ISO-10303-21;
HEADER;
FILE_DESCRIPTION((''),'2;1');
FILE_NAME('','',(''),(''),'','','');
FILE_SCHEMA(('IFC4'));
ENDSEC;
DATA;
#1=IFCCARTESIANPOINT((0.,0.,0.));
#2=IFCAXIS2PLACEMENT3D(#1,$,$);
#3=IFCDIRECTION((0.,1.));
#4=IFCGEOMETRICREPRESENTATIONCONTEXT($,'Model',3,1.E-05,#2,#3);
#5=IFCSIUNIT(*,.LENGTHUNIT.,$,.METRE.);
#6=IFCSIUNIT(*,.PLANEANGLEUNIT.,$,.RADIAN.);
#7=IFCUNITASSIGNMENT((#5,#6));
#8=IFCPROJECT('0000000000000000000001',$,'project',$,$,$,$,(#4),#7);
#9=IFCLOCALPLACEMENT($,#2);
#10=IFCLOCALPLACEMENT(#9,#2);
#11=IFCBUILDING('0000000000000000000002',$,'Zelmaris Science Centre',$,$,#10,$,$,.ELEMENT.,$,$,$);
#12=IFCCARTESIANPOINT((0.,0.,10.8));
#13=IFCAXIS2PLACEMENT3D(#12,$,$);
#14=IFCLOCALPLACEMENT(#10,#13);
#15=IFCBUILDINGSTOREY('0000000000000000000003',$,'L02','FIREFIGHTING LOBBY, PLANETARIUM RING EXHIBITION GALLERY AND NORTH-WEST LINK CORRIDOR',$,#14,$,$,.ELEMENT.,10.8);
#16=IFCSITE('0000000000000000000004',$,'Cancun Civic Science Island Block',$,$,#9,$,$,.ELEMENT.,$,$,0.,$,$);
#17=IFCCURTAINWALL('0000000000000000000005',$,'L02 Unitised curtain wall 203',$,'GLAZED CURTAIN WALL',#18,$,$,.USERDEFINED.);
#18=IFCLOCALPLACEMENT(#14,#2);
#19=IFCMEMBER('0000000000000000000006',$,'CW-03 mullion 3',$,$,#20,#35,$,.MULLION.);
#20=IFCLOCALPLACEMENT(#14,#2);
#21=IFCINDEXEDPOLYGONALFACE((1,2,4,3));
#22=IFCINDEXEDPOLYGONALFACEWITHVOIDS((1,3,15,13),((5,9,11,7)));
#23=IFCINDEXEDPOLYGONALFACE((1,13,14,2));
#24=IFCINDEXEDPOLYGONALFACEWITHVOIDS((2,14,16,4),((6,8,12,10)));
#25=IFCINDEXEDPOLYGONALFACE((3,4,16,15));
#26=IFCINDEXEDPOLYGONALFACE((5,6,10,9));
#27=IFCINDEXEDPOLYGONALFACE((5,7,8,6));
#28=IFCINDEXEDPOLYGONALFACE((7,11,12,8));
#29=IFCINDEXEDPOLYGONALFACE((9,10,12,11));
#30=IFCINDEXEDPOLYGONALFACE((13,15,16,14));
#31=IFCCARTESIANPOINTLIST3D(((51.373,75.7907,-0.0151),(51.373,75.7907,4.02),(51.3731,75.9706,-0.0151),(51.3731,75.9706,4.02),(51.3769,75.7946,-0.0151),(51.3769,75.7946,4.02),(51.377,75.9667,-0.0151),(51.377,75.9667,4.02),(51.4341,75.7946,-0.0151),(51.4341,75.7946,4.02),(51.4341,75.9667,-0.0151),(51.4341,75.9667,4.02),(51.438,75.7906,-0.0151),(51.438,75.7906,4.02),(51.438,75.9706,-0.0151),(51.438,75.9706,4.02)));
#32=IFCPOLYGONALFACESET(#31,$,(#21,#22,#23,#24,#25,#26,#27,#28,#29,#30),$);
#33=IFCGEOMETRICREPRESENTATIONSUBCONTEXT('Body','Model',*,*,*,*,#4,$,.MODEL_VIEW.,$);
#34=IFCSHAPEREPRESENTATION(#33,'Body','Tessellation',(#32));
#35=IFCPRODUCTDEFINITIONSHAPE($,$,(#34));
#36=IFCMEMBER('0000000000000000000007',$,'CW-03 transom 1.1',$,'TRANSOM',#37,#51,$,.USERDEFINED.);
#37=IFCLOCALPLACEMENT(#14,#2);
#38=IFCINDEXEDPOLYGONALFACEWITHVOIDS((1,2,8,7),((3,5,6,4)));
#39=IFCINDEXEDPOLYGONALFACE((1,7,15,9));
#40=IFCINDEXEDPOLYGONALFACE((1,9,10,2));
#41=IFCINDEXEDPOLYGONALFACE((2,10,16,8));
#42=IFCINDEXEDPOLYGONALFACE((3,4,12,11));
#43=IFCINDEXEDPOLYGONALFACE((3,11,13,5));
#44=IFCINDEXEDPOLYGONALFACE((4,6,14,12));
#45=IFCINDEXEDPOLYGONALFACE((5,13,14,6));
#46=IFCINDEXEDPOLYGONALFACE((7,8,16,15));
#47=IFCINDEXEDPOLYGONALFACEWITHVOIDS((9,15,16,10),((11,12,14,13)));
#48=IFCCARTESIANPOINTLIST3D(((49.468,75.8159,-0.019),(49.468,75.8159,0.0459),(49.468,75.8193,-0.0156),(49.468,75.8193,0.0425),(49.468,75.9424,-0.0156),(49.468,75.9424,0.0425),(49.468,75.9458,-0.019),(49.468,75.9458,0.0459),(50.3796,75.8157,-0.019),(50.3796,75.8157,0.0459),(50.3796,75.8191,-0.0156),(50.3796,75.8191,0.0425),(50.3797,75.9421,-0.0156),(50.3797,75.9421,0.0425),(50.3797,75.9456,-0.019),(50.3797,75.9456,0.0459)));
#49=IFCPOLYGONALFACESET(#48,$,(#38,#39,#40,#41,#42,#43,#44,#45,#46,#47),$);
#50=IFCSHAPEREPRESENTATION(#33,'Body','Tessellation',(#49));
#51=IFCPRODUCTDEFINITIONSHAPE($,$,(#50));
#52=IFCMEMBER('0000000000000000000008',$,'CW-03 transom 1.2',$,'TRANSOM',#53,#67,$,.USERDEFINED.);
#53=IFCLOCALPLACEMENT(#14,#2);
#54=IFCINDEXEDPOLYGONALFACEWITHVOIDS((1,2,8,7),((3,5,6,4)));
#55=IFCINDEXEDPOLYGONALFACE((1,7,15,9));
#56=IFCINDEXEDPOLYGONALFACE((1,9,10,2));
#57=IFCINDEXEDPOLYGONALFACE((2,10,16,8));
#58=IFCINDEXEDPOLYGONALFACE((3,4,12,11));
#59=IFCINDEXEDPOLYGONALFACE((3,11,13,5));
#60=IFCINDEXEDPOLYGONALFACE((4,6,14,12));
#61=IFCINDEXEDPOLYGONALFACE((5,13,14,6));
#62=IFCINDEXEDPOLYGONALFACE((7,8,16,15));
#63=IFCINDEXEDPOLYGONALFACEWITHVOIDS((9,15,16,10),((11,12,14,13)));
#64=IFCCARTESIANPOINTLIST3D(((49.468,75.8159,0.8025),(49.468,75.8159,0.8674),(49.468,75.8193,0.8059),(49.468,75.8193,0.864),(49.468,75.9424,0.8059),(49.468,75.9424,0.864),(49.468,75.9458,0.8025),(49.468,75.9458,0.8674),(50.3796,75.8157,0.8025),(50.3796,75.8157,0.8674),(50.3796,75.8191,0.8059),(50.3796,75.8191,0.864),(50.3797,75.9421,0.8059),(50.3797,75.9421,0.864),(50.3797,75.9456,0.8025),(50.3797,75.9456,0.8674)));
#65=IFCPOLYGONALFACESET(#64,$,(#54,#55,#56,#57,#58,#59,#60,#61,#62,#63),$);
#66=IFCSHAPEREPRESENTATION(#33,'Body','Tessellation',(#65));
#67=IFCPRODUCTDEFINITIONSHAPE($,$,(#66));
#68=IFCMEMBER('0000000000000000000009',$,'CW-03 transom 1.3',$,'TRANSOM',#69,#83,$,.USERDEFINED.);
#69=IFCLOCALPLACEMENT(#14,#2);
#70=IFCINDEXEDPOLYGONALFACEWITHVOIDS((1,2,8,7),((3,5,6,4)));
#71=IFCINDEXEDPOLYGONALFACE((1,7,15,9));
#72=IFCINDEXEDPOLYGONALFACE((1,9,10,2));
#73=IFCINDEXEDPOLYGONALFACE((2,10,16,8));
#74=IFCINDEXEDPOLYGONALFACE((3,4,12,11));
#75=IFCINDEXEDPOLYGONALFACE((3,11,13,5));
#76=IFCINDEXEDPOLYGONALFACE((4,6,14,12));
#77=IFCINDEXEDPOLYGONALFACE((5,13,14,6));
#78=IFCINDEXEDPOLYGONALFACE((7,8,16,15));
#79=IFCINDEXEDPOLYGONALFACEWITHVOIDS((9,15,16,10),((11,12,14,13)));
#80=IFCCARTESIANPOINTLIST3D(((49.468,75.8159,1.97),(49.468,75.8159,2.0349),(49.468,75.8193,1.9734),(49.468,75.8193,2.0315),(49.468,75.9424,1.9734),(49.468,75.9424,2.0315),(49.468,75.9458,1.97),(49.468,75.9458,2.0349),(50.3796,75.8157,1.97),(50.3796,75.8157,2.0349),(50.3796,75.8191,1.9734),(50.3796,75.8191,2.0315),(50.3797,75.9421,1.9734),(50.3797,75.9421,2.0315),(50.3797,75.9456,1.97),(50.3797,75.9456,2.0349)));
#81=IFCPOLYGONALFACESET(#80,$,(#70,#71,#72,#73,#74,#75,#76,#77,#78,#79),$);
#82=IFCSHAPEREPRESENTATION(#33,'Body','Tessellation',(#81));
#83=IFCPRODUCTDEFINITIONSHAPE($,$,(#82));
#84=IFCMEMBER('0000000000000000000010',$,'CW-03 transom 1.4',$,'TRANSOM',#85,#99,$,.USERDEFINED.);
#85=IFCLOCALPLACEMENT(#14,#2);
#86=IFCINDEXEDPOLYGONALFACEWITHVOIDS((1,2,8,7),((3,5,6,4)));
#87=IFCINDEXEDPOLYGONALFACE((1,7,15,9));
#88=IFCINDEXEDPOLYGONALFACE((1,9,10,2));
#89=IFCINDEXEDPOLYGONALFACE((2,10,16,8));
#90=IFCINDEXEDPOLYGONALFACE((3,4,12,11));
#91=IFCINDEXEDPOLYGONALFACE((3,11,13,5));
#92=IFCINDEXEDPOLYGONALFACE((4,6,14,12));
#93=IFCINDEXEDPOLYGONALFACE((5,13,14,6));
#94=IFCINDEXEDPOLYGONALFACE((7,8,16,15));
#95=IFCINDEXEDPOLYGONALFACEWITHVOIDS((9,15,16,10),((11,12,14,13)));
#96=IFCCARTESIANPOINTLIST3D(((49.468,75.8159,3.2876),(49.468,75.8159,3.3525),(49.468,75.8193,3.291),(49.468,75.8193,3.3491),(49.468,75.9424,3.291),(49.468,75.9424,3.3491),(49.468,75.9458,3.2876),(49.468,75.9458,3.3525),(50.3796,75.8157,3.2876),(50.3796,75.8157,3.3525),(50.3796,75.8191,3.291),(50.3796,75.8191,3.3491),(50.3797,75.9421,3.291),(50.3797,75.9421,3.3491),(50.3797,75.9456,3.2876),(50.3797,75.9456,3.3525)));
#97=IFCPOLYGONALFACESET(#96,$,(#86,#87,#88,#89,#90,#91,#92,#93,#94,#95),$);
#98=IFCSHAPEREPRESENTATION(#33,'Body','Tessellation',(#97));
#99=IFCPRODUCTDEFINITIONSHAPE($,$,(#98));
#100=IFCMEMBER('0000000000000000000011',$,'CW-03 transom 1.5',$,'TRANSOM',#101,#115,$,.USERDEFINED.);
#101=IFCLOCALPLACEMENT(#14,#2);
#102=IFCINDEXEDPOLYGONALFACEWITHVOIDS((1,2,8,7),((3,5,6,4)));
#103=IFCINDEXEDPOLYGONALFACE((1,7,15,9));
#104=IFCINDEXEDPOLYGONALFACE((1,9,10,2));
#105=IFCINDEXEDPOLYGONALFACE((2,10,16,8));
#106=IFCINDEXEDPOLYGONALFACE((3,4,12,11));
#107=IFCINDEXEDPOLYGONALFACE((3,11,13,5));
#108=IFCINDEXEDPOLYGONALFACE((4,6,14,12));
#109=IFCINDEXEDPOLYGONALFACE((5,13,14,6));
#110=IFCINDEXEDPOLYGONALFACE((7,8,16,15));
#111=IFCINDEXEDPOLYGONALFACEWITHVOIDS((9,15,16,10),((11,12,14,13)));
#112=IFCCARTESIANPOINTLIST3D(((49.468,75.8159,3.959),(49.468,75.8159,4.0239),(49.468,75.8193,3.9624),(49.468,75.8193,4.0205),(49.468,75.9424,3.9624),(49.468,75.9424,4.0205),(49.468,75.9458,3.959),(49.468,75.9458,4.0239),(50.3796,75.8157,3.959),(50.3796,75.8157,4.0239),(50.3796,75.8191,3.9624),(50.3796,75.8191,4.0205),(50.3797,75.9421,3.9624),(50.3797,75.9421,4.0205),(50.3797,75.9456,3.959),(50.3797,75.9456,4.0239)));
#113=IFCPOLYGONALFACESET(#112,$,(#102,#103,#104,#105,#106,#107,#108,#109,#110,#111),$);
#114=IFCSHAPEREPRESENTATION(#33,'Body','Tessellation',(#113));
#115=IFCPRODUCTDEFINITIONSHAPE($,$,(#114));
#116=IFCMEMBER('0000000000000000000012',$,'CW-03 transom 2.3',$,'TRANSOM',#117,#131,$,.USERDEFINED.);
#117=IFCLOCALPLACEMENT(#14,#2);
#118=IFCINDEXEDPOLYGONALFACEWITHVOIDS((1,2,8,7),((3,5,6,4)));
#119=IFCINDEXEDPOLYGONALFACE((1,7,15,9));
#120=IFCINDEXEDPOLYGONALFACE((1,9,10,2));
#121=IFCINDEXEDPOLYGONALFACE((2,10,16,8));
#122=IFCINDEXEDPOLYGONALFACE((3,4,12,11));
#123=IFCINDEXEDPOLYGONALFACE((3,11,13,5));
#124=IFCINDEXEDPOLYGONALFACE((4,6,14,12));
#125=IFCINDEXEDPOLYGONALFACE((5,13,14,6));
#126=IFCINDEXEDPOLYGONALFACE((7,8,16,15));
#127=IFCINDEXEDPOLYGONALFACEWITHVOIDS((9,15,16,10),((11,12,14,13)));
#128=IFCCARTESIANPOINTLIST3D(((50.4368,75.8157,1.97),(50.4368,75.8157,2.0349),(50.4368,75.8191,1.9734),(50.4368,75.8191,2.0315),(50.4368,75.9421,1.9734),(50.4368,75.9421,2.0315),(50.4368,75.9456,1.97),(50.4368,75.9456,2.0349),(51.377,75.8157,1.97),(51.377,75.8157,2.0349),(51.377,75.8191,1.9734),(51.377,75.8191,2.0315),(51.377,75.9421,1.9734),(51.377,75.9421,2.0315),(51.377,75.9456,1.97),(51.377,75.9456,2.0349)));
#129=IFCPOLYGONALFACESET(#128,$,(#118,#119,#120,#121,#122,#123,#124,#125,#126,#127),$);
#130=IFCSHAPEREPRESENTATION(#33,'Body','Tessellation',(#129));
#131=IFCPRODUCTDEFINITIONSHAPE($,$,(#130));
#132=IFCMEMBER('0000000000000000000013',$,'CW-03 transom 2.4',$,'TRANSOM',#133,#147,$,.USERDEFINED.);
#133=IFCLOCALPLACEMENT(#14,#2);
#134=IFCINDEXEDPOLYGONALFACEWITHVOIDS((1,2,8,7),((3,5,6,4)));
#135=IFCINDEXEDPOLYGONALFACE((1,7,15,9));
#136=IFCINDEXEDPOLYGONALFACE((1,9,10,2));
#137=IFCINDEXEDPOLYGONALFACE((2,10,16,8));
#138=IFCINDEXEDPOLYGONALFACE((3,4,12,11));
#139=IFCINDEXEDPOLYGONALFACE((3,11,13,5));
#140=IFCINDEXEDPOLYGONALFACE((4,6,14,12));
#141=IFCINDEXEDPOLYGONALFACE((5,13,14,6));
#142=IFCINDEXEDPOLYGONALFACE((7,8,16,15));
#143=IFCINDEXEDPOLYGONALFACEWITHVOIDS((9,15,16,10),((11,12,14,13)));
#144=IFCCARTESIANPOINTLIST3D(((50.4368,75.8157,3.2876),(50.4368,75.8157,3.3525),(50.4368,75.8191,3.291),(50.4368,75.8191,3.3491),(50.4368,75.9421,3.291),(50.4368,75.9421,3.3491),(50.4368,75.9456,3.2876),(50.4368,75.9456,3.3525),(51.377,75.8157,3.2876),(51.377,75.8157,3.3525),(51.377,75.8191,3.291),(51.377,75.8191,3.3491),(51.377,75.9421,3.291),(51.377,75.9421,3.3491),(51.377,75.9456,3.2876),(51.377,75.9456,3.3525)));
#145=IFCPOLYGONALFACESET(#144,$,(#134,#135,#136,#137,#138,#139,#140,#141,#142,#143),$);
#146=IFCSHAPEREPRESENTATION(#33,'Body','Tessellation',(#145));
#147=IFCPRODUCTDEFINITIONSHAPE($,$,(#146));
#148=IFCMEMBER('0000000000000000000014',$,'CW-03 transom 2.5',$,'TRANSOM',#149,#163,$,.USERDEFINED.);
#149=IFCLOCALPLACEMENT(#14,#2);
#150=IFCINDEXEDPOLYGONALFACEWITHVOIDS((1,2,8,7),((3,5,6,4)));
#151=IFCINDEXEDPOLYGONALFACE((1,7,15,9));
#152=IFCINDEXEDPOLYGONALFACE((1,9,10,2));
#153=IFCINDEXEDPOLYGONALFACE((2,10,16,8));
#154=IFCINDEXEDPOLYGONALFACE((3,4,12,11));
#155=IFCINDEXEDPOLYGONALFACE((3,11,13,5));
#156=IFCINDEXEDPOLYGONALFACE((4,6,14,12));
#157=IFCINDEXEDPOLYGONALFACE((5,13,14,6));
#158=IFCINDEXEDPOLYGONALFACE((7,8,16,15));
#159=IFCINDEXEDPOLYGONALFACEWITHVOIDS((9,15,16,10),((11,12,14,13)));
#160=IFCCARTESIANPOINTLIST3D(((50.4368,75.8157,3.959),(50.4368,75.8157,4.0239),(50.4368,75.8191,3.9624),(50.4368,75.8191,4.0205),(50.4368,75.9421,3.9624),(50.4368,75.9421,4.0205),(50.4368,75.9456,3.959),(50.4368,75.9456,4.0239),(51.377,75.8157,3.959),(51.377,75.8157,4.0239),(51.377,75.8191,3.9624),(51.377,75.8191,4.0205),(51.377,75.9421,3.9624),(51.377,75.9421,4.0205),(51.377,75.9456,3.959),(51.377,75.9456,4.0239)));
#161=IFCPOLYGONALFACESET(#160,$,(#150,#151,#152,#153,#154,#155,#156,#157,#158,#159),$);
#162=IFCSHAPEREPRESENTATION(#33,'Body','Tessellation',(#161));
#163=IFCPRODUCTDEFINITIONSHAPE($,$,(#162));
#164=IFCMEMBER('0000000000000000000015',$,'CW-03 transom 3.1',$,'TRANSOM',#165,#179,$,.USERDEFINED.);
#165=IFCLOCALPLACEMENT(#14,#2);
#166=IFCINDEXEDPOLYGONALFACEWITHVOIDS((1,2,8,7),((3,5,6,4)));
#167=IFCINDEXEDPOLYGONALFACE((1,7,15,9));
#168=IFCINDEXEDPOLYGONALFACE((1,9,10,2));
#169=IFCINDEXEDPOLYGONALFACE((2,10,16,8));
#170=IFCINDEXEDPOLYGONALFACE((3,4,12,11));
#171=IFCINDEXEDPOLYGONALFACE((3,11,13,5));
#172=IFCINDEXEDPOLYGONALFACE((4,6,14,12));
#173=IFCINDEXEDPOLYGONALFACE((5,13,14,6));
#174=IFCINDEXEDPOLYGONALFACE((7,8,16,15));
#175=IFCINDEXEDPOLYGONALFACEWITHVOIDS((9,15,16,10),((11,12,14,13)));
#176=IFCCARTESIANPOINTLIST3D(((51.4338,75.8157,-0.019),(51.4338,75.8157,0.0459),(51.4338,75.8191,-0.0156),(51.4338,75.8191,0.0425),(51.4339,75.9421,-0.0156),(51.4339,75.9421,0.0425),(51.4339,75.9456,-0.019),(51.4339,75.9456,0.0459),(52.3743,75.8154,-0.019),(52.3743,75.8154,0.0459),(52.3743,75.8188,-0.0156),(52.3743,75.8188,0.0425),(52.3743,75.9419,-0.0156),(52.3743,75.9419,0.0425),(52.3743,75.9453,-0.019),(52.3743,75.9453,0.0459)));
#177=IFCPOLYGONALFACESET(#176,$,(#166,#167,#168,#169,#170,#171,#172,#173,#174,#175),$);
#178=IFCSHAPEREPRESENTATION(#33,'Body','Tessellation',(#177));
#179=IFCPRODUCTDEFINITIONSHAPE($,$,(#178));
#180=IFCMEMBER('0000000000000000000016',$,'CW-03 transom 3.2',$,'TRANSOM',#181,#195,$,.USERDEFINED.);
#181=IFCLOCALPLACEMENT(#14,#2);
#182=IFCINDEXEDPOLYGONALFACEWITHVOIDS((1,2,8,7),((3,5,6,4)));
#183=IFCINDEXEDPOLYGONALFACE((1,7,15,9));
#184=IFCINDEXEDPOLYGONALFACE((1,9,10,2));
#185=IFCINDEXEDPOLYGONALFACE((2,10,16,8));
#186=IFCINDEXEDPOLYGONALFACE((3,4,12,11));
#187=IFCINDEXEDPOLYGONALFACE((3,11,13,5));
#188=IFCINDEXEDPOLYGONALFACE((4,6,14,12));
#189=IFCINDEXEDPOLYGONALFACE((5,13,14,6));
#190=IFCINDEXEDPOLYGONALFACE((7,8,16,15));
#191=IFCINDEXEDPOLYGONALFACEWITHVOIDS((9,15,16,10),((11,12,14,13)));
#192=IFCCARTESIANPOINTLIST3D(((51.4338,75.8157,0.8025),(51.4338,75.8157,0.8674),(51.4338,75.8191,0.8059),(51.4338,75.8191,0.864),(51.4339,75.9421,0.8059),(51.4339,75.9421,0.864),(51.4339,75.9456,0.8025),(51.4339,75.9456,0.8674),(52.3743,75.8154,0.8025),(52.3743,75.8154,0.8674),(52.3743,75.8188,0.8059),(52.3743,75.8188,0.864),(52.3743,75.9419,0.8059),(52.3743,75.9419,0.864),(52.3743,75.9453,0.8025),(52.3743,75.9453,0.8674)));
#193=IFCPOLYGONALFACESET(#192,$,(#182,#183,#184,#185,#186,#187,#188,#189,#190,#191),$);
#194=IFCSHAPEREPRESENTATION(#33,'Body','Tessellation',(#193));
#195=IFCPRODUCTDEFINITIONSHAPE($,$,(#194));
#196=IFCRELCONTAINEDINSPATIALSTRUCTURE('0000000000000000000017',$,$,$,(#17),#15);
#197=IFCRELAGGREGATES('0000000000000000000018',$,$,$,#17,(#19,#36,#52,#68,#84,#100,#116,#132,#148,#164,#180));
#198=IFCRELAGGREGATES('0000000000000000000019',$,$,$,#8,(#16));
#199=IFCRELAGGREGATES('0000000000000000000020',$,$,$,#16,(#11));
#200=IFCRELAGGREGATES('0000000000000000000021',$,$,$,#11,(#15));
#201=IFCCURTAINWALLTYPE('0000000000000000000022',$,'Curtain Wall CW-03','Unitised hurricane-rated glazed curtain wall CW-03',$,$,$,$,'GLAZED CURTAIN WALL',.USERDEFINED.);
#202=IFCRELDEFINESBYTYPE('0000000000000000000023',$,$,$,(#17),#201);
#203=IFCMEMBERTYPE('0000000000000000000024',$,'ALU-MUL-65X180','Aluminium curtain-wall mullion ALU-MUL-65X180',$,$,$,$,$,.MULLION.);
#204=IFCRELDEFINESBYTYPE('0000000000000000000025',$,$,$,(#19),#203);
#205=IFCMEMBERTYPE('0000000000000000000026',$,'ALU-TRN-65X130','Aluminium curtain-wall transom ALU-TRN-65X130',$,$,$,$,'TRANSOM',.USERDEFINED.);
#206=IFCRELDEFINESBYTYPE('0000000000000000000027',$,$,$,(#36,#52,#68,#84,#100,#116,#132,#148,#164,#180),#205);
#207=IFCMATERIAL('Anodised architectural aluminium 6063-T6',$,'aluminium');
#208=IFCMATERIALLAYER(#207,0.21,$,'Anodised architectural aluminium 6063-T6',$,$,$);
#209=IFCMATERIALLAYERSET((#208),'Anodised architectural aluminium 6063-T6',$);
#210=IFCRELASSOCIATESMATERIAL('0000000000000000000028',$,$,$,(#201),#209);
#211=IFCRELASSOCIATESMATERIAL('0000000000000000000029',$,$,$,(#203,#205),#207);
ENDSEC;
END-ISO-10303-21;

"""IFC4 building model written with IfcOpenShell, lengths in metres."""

from ifc_helpers import new_model, si_unit, direction, frame, origin, origin_2d, place, context, subcontext, project, spatial, hollow_rectangle, extrude, material, layer, layer_set, material_profile, profile_set, type_object, element, aggregate, save


model = new_model("IFC4")

# Units and contexts
model_context = context("Model", 3, precision=1e-05, world=origin(), true_north=direction((0.0, 1.0)))
body_context = subcontext(model_context, "Body", "Model", "MODEL_VIEW")
ifc_project = project(units=[si_unit("LENGTHUNIT", "METRE"), si_unit("PLANEANGLEUNIT", "RADIAN")], contexts=[model_context])

# Site, building, storey
site_placement = place(None, origin())
site = spatial("IfcSite", under=ifc_project, at=site_placement, Name="Cancun Civic Science Island Block", CompositionType="ELEMENT", RefElevation=0.0)
building_placement = place(site_placement, origin())
building = spatial("IfcBuilding", under=site, at=building_placement, Name="Zelmaris Science Centre", CompositionType="ELEMENT")
storey_placement = place(building_placement, frame((0.0, 0.0, 10.8)))
storey = spatial("IfcBuildingStorey", under=building, at=storey_placement, Name="L02", Description="FIREFIGHTING LOBBY, PLANETARIUM RING EXHIBITION GALLERY AND NORTH-WEST LINK CORRIDOR", CompositionType="ELEMENT", Elevation=10.8)

# Curtain wall, members
ifc_material_1 = material(Name="Anodised architectural aluminium 6063-T6", Category="aluminium")
ifc_layer_1 = layer(ifc_material_1, 0.21, Name="Anodised architectural aluminium 6063-T6")
ifc_layer_set_1 = layer_set([ifc_layer_1], Name="Anodised architectural aluminium 6063-T6")
curtain_wall_type = type_object("IfcCurtainWallType", Name="Curtain Wall CW-03", Description="Unitised hurricane-rated glazed curtain wall CW-03", ElementType="GLAZED CURTAIN WALL", PredefinedType="USERDEFINED", material=ifc_layer_set_1)
curtain_wall_placement = place(storey_placement, origin())
curtain_wall = element("IfcCurtainWall", 1, at=curtain_wall_placement, inside=storey, type_object=curtain_wall_type, Name="L02 Unitised curtain wall 203", ObjectType="GLAZED CURTAIN WALL", PredefinedType="USERDEFINED")
ifc_material_profile_1 = material_profile(ifc_material_1, hollow_rectangle(XDim=0.0649, YDim=0.1799, WallThickness=0.0039, at=origin_2d()), Name="ALU-MUL-65X180")
ifc_profile_set_1 = profile_set([ifc_material_profile_1], Name="Anodised architectural aluminium 6063-T6")
member_type_1 = type_object("IfcMemberType", Name="ALU-MUL-65X180", Description="Aluminium curtain-wall mullion ALU-MUL-65X180", PredefinedType="MULLION", material=ifc_profile_set_1)
member_1_placement = place(storey_placement, frame((51.4055, 75.8806, -0.0151), z_axis=(0.0, 0.0, 1.0), x_axis=(1.0, -0.000194, 0.0)))
member_1 = element("IfcMember", 2, at=member_1_placement, type_object=member_type_1, Name="CW-03 mullion 3", PredefinedType="MULLION", context=body_context, shape_type="SweptSolid", body=[
    extrude(hollow_rectangle(XDim=0.0649, YDim=0.1799, WallThickness=0.0039, at=origin_2d()), origin(), (0.0, 0.0, 1.0), 4.0352),
])
ifc_material_profile_2 = material_profile(ifc_material_1, hollow_rectangle(XDim=0.0649, YDim=0.1299, WallThickness=0.0034, at=origin_2d()), Name="ALU-TRN-65X130")
ifc_profile_set_2 = profile_set([ifc_material_profile_2], Name="Anodised architectural aluminium 6063-T6")
member_type_2 = type_object("IfcMemberType", Name="ALU-TRN-65X130", Description="Aluminium curtain-wall transom ALU-TRN-65X130", ElementType="TRANSOM", PredefinedType="USERDEFINED", material=ifc_profile_set_2)
member_2_placement = place(storey_placement, frame((49.468, 75.8809, 0.0134), z_axis=(1.0, -0.000268, 0.0), x_axis=(0.0, 0.0, 1.0)))
member_2 = element("IfcMember", 3, at=member_2_placement, type_object=member_type_2, Name="CW-03 transom 1.1", ObjectType="TRANSOM", PredefinedType="USERDEFINED", context=body_context, shape_type="SweptSolid", body=[
    extrude(hollow_rectangle(XDim=0.0649, YDim=0.1299, WallThickness=0.0034, at=origin_2d()), origin(), (0.0, 0.0, 1.0), 0.9116),
])
member_3_placement = place(storey_placement, frame((49.468, 75.8809, 0.835), z_axis=(1.0, -0.000268, 0.0), x_axis=(0.0, 0.0, 1.0)))
member_3 = element("IfcMember", 4, at=member_3_placement, type_object=member_type_2, Name="CW-03 transom 1.2", ObjectType="TRANSOM", PredefinedType="USERDEFINED", context=body_context, shape_type="SweptSolid", body=[
    extrude(hollow_rectangle(XDim=0.0649, YDim=0.1299, WallThickness=0.0034, at=origin_2d()), origin(), (0.0, 0.0, 1.0), 0.9116),
])
member_4_placement = place(storey_placement, frame((49.468, 75.8809, 2.0024), z_axis=(1.0, -0.000268, 0.0), x_axis=(0.0, 0.0, 1.0)))
member_4 = element("IfcMember", 5, at=member_4_placement, type_object=member_type_2, Name="CW-03 transom 1.3", ObjectType="TRANSOM", PredefinedType="USERDEFINED", context=body_context, shape_type="SweptSolid", body=[
    extrude(hollow_rectangle(XDim=0.0649, YDim=0.1299, WallThickness=0.0034, at=origin_2d()), origin(), (0.0, 0.0, 1.0), 0.9116),
])
member_5_placement = place(storey_placement, frame((49.468, 75.8809, 3.3201), z_axis=(1.0, -0.000268, 0.0), x_axis=(0.0, 0.0, 1.0)))
member_5 = element("IfcMember", 6, at=member_5_placement, type_object=member_type_2, Name="CW-03 transom 1.4", ObjectType="TRANSOM", PredefinedType="USERDEFINED", context=body_context, shape_type="SweptSolid", body=[
    extrude(hollow_rectangle(XDim=0.0649, YDim=0.1299, WallThickness=0.0034, at=origin_2d()), origin(), (0.0, 0.0, 1.0), 0.9116),
])
member_6_placement = place(storey_placement, frame((49.468, 75.8809, 3.9915), z_axis=(1.0, -0.000268, 0.0), x_axis=(0.0, 0.0, 1.0)))
member_6 = element("IfcMember", 7, at=member_6_placement, type_object=member_type_2, Name="CW-03 transom 1.5", ObjectType="TRANSOM", PredefinedType="USERDEFINED", context=body_context, shape_type="SweptSolid", body=[
    extrude(hollow_rectangle(XDim=0.0649, YDim=0.1299, WallThickness=0.0034, at=origin_2d()), origin(), (0.0, 0.0, 1.0), 0.9116),
])
member_7_placement = place(storey_placement, frame((50.4368, 75.8806, 2.0024), z_axis=(1.0, 0.0, 0.0), x_axis=(0.0, 0.0, 1.0)))
member_7 = element("IfcMember", 8, at=member_7_placement, type_object=member_type_2, Name="CW-03 transom 2.3", ObjectType="TRANSOM", PredefinedType="USERDEFINED", context=body_context, shape_type="SweptSolid", body=[
    extrude(hollow_rectangle(XDim=0.0649, YDim=0.1299, WallThickness=0.0034, at=origin_2d()), origin(), (0.0, 0.0, 1.0), 0.9402),
])
member_8_placement = place(storey_placement, frame((50.4368, 75.8806, 3.3201), z_axis=(1.0, 0.0, 0.0), x_axis=(0.0, 0.0, 1.0)))
member_8 = element("IfcMember", 9, at=member_8_placement, type_object=member_type_2, Name="CW-03 transom 2.4", ObjectType="TRANSOM", PredefinedType="USERDEFINED", context=body_context, shape_type="SweptSolid", body=[
    extrude(hollow_rectangle(XDim=0.0649, YDim=0.1299, WallThickness=0.0034, at=origin_2d()), origin(), (0.0, 0.0, 1.0), 0.9402),
])
member_9_placement = place(storey_placement, frame((50.4368, 75.8806, 3.9915), z_axis=(1.0, 0.0, 0.0), x_axis=(0.0, 0.0, 1.0)))
member_9 = element("IfcMember", 10, at=member_9_placement, type_object=member_type_2, Name="CW-03 transom 2.5", ObjectType="TRANSOM", PredefinedType="USERDEFINED", context=body_context, shape_type="SweptSolid", body=[
    extrude(hollow_rectangle(XDim=0.0649, YDim=0.1299, WallThickness=0.0034, at=origin_2d()), origin(), (0.0, 0.0, 1.0), 0.9402),
])
member_10_placement = place(storey_placement, frame((51.4338, 75.8806, 0.0134), z_axis=(1.0, -0.00026, 0.0), x_axis=(0.0, 0.0, 1.0)))
member_10 = element("IfcMember", 11, at=member_10_placement, type_object=member_type_2, Name="CW-03 transom 3.1", ObjectType="TRANSOM", PredefinedType="USERDEFINED", context=body_context, shape_type="SweptSolid", body=[
    extrude(hollow_rectangle(XDim=0.0649, YDim=0.1299, WallThickness=0.0034, at=origin_2d()), origin(), (0.0, 0.0, 1.0), 0.9404),
])
member_11_placement = place(storey_placement, frame((51.4338, 75.8806, 0.835), z_axis=(1.0, -0.00026, 0.0), x_axis=(0.0, 0.0, 1.0)))
member_11 = element("IfcMember", 12, at=member_11_placement, type_object=member_type_2, Name="CW-03 transom 3.2", ObjectType="TRANSOM", PredefinedType="USERDEFINED", context=body_context, shape_type="SweptSolid", body=[
    extrude(hollow_rectangle(XDim=0.0649, YDim=0.1299, WallThickness=0.0034, at=origin_2d()), origin(), (0.0, 0.0, 1.0), 0.9404),
])
aggregate(curtain_wall, [member_1, member_2, member_3, member_4, member_5, member_6, member_7, member_8, member_9, member_10, member_11])

save(model, "model.ifc")
